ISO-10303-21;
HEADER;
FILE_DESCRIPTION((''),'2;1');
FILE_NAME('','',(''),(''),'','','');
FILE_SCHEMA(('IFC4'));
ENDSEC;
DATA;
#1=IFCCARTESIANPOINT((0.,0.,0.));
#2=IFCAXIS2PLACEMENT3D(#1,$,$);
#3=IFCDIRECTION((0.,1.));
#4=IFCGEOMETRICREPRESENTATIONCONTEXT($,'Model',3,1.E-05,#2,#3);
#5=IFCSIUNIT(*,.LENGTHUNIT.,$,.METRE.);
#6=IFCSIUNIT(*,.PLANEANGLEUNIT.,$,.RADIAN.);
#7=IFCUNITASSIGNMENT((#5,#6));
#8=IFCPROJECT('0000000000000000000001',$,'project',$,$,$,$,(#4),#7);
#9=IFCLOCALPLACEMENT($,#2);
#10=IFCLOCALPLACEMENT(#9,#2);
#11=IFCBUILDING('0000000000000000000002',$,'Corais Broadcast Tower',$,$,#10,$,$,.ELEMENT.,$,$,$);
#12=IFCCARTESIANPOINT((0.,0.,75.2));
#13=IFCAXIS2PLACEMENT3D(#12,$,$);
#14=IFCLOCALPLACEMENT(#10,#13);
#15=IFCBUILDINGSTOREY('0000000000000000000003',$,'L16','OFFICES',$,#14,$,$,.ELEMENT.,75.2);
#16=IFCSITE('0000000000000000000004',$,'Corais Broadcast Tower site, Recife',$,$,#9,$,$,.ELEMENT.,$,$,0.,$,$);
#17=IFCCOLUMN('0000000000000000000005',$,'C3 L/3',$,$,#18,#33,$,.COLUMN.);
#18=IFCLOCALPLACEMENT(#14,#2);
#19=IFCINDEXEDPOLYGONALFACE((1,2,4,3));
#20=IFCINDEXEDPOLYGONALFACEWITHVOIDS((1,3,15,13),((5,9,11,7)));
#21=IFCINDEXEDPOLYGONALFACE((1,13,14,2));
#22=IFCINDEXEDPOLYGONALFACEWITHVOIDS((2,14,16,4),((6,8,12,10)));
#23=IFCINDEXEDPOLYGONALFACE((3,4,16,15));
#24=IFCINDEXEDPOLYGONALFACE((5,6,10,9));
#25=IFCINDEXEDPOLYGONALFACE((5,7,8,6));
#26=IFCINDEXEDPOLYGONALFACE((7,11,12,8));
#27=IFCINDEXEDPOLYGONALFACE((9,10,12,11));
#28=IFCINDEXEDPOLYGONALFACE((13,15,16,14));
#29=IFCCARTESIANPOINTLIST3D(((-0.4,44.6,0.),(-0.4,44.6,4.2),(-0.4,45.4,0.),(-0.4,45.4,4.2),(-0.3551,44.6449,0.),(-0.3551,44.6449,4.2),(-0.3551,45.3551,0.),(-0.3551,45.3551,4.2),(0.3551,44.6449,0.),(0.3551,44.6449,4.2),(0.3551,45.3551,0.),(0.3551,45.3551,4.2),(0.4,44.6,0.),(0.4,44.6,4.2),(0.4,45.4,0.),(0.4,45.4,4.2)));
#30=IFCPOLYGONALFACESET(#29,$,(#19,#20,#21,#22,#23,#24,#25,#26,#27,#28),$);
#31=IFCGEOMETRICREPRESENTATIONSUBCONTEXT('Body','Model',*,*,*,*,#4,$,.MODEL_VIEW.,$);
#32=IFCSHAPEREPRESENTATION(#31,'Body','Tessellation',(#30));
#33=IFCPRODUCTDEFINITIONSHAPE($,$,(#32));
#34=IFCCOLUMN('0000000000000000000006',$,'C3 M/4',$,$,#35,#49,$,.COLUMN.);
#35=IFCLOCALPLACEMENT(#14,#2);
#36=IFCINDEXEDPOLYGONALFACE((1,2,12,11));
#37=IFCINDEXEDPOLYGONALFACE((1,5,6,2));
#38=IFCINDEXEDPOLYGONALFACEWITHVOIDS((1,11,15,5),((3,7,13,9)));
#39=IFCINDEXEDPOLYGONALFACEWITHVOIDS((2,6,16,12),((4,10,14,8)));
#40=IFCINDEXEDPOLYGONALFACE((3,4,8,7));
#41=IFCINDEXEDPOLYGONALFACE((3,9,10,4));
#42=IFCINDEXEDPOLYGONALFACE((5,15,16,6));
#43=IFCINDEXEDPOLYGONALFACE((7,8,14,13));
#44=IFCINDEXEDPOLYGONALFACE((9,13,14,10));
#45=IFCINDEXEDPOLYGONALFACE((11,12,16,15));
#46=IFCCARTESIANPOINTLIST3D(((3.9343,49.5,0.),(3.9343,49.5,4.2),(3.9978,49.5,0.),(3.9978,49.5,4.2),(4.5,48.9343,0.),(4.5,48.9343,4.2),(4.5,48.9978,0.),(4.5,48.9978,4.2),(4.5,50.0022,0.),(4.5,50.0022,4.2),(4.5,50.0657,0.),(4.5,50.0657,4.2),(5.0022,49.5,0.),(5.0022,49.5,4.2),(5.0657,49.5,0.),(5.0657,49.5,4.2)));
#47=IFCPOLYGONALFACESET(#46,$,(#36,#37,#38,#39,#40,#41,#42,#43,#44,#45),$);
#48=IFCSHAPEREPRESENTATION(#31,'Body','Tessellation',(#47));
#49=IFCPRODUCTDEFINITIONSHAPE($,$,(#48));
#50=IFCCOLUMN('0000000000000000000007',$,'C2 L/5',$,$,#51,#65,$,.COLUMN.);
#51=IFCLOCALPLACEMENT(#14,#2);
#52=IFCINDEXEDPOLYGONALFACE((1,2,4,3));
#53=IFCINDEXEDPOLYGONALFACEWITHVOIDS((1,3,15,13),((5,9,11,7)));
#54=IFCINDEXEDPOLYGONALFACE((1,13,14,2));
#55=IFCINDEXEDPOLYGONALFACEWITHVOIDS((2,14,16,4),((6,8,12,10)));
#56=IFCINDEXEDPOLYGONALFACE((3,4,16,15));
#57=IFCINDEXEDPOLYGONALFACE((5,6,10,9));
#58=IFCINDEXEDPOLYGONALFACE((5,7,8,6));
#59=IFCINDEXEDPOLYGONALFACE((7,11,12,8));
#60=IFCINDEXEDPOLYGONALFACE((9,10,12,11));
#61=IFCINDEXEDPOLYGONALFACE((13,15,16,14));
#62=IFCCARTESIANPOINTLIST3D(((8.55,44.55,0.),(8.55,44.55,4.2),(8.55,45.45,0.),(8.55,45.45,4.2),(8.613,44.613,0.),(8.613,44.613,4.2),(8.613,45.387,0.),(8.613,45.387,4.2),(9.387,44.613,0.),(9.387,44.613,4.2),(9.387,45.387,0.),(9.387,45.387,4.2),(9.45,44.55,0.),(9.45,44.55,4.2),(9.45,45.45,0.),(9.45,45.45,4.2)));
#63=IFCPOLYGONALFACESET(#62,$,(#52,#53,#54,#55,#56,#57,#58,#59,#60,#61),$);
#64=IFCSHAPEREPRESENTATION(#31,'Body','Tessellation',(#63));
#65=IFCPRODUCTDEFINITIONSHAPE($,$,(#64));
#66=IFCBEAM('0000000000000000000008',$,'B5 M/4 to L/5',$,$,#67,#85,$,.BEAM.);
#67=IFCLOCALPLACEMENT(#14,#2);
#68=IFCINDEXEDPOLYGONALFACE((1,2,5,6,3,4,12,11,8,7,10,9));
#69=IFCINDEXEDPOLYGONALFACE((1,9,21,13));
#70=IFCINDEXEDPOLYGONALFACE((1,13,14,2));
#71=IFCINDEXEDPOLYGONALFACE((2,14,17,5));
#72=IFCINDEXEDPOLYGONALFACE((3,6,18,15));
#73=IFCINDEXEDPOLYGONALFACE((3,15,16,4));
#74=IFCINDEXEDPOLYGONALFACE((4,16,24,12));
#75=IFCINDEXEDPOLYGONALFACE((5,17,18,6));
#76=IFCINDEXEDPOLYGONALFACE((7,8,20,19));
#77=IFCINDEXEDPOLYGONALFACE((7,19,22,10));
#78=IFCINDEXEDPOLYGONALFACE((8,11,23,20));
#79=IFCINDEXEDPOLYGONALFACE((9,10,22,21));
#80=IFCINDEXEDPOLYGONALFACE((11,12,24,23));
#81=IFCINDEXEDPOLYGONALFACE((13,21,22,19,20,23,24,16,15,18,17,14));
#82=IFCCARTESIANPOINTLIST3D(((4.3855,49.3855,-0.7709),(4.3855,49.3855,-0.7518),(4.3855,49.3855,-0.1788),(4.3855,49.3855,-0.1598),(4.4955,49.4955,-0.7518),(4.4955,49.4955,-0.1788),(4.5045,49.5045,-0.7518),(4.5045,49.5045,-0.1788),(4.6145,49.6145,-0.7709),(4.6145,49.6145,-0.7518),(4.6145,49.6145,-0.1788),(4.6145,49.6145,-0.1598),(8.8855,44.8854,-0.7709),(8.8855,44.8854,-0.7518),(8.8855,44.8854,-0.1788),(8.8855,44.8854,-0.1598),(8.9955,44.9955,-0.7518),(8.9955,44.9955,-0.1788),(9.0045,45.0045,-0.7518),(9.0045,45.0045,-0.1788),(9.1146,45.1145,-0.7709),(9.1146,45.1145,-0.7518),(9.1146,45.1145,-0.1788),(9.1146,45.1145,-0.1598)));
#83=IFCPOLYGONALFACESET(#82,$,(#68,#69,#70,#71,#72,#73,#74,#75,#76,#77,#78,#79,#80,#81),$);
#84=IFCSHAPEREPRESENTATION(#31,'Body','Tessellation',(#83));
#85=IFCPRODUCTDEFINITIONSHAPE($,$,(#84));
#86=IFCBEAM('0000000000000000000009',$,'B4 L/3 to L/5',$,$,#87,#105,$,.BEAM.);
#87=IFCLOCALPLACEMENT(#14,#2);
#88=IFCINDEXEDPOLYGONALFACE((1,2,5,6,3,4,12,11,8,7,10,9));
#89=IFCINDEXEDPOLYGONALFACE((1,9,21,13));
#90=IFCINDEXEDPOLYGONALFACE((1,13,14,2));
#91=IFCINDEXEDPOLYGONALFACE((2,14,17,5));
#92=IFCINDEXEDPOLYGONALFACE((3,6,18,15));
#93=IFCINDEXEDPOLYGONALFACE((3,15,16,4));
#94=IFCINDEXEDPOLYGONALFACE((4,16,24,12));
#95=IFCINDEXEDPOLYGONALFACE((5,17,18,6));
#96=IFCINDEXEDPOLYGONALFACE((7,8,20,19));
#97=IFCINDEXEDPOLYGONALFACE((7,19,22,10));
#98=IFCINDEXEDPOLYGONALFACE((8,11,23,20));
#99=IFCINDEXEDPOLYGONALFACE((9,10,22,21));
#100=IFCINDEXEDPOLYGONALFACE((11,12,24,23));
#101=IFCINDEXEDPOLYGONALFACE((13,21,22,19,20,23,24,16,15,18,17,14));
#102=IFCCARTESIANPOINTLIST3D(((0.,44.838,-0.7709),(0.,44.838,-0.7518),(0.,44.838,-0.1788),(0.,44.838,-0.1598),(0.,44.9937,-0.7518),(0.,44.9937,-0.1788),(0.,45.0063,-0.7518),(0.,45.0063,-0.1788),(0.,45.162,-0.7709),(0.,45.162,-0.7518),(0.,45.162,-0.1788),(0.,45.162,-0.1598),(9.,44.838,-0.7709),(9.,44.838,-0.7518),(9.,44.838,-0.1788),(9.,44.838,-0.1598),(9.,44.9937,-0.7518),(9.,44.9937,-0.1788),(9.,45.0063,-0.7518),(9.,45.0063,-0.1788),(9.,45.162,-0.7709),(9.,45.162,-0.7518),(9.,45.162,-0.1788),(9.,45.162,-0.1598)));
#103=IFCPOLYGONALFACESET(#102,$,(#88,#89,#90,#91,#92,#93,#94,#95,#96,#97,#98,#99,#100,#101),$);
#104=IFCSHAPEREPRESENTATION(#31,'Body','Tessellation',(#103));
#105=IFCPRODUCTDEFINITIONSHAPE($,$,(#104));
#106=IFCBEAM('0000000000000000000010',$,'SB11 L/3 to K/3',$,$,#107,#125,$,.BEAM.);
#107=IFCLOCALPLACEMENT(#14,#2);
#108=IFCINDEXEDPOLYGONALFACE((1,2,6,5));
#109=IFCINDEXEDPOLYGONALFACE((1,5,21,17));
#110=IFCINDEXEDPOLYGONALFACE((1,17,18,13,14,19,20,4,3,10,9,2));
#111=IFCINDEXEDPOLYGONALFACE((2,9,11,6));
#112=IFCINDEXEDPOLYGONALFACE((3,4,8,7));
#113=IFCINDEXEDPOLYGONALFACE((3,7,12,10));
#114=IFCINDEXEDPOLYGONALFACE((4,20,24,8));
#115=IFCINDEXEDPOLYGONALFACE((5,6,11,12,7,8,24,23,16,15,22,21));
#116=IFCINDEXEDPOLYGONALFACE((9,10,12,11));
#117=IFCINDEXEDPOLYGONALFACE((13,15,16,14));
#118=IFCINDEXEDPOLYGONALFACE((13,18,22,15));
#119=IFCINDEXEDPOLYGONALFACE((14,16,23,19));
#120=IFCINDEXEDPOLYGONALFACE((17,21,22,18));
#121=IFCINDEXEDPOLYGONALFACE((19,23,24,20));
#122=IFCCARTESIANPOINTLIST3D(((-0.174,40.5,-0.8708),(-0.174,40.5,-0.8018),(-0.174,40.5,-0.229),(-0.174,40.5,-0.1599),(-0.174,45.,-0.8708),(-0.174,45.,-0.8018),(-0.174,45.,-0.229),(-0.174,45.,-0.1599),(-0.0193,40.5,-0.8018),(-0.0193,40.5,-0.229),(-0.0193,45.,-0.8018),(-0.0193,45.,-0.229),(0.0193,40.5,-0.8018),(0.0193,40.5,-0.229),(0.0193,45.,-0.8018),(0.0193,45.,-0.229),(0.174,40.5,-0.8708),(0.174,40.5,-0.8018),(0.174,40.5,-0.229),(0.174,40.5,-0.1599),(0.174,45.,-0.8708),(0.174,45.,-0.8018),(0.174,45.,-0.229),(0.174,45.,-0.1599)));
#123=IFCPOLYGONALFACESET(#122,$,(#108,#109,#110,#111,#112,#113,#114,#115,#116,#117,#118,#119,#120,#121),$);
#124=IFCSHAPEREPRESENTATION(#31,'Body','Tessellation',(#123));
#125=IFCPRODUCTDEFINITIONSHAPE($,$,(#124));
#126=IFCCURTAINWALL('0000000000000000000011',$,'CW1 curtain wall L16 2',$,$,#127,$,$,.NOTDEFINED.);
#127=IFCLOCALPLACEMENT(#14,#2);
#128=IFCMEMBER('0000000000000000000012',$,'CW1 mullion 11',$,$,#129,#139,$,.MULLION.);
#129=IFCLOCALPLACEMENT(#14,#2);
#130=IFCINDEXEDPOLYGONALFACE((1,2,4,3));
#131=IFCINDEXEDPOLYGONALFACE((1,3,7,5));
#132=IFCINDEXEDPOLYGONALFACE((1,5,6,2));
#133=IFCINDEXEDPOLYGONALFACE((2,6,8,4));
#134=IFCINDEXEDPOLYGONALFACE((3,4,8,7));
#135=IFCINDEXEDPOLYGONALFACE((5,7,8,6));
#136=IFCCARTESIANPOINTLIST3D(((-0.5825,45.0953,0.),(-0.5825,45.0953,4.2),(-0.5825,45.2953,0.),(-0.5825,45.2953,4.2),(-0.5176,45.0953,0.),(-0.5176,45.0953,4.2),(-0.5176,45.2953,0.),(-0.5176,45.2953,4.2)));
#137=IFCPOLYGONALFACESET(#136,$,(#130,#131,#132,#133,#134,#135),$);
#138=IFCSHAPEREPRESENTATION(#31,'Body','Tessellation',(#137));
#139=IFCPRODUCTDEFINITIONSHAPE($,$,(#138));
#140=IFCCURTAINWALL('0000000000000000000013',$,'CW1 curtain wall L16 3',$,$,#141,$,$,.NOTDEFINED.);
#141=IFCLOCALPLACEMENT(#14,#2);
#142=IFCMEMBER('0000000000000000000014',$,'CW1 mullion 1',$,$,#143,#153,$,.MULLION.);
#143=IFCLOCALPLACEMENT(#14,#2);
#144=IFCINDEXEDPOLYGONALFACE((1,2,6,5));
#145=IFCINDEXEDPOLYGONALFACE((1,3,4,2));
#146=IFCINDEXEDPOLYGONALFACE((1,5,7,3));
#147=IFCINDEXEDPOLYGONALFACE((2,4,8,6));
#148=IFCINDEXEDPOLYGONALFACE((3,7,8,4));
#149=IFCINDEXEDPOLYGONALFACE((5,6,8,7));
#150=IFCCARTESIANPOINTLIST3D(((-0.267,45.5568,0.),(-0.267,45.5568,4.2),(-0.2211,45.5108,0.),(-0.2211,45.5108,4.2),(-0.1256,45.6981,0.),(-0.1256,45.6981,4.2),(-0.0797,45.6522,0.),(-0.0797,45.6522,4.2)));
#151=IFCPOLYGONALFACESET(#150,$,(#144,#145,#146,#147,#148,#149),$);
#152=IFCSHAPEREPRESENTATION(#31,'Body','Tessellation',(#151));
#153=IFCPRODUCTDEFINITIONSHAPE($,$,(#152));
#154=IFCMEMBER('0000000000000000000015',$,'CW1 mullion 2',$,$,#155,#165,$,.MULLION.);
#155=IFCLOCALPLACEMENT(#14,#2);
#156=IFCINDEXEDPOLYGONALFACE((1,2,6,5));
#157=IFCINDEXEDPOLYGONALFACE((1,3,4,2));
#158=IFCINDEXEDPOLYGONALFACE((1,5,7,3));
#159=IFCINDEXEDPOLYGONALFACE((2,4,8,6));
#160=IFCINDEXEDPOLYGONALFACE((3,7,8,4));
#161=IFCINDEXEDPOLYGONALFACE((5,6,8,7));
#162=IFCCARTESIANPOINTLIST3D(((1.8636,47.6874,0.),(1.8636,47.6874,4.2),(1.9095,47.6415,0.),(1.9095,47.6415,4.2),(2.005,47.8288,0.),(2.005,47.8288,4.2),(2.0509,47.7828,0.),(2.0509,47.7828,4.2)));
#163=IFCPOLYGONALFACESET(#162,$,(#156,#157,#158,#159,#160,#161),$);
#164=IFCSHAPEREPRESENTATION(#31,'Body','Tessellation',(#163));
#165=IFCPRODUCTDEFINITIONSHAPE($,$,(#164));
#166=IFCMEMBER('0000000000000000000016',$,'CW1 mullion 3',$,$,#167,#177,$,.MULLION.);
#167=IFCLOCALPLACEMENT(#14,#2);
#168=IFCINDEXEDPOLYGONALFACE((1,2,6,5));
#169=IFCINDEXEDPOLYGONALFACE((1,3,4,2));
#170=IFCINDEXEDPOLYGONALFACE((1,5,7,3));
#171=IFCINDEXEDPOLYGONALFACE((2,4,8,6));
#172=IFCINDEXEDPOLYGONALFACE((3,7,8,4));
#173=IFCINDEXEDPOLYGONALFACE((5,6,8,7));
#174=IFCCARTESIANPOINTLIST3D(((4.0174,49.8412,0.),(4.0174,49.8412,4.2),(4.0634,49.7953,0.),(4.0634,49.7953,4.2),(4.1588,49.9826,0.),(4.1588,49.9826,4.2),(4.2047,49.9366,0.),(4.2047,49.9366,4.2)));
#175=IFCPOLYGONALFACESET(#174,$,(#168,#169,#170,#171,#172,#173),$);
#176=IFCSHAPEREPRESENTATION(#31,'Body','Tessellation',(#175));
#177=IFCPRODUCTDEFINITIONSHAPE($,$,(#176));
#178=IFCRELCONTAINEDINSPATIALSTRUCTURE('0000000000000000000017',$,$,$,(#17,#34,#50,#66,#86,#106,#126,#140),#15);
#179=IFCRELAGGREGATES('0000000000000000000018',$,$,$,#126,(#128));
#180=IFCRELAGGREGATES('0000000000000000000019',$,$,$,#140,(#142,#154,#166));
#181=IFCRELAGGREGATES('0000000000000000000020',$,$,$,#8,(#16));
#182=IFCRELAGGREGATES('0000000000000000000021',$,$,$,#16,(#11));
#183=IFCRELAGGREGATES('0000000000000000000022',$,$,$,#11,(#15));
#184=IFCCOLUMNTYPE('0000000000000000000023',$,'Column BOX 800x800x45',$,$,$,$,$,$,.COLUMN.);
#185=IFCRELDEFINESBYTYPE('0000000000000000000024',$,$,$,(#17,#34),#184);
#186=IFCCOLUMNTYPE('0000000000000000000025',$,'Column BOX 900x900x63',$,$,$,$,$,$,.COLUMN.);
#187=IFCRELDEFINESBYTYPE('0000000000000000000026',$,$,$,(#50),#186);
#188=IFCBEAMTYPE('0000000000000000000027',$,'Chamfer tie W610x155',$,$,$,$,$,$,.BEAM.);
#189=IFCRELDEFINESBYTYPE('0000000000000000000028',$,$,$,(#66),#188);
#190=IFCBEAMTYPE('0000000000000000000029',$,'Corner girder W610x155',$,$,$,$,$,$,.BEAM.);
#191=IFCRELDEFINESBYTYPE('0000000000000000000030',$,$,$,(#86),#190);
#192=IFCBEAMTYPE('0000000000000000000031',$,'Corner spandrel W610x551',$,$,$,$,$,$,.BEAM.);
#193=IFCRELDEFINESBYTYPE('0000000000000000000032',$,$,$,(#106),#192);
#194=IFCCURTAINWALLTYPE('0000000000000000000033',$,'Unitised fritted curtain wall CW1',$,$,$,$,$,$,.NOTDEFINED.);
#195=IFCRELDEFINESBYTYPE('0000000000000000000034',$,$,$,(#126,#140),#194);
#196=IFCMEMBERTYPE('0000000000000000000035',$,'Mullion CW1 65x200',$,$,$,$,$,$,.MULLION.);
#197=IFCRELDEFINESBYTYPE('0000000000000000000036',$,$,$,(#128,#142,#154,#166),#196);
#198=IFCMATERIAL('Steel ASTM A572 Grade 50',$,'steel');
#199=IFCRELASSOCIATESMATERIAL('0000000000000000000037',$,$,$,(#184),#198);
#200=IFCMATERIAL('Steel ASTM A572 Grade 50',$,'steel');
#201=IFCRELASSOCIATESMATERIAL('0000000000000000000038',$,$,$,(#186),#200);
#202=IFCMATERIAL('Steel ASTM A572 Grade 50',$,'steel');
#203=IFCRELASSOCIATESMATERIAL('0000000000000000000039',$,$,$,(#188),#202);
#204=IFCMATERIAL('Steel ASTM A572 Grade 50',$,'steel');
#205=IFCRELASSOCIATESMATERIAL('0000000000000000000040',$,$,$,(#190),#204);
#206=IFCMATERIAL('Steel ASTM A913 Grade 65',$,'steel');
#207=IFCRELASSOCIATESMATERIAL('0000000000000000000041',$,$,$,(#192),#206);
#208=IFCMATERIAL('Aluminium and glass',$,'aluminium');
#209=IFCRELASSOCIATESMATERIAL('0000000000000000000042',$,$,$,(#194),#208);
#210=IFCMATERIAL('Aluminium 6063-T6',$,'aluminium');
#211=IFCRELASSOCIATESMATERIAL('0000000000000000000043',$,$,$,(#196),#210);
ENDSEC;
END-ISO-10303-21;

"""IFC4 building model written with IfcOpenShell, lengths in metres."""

from ifc_helpers import new_model, si_unit, direction, frame, origin, origin_2d, place, context, subcontext, project, spatial, rectangle, hollow_rectangle, i_section, extrude, material, material_profile, profile_set, type_object, element, aggregate, save


model = new_model("IFC4")

# Units and contexts
model_context = context("Model", 3, precision=1e-05, world=origin(), true_north=direction((0.0, 1.0)))
body_context = subcontext(model_context, "Body", "Model", "MODEL_VIEW")
ifc_project = project(units=[si_unit("LENGTHUNIT", "METRE"), si_unit("PLANEANGLEUNIT", "RADIAN")], contexts=[model_context])

# Site, building, storey
site_placement = place(None, origin())
site = spatial("IfcSite", under=ifc_project, at=site_placement, Name="Corais Broadcast Tower site, Recife", CompositionType="ELEMENT", RefElevation=0.0)
building_placement = place(site_placement, origin())
building = spatial("IfcBuilding", under=site, at=building_placement, Name="Corais Broadcast Tower", CompositionType="ELEMENT")
storey_placement = place(building_placement, frame((0.0, 0.0, 75.2)))
storey = spatial("IfcBuildingStorey", under=building, at=storey_placement, Name="L16", Description="OFFICES", CompositionType="ELEMENT", Elevation=75.2)

# Columns
ifc_material_1 = material(Name="Steel ASTM A572 Grade 50", Category="steel")
ifc_material_profile_1 = material_profile(ifc_material_1, hollow_rectangle(XDim=0.8, YDim=0.8, WallThickness=0.0449, at=origin_2d()), Name="BOX 800x800x45")
ifc_profile_set_1 = profile_set([ifc_material_profile_1], Name="Steel ASTM A572 Grade 50")
column_type_1 = type_object("IfcColumnType", Name="Column BOX 800x800x45", PredefinedType="COLUMN", material=ifc_profile_set_1)
for number, where, z_axis, x_axis, name in (
    (1, (0.0, 45.0, 0.0), (0.0, 0.0, 1.0), (1.0, 0.0, 0.0), "C3 L/3"),
    (2, (4.5, 49.5, 0.0), (0.0, 0.0, 1.0), (0.707107, 0.707107, 0.0), "C3 M/4"),
):
    element("IfcColumn", number, at=place(storey_placement, frame(where, z_axis=z_axis, x_axis=x_axis)), inside=storey, type_object=column_type_1, Name=name, PredefinedType="COLUMN", context=body_context, shape_type="SweptSolid", body=[
        extrude(hollow_rectangle(XDim=0.8, YDim=0.8, WallThickness=0.0449, at=origin_2d()), origin(), (0.0, 0.0, 1.0), 4.2),
    ])
ifc_material_2 = material(Name="Steel ASTM A572 Grade 50", Category="steel")
ifc_material_profile_2 = material_profile(ifc_material_2, hollow_rectangle(XDim=0.8999, YDim=0.8999, WallThickness=0.063, at=origin_2d()), Name="BOX 900x900x63")
ifc_profile_set_2 = profile_set([ifc_material_profile_2], Name="Steel ASTM A572 Grade 50")
column_type_2 = type_object("IfcColumnType", Name="Column BOX 900x900x63", PredefinedType="COLUMN", material=ifc_profile_set_2)
column_placement = place(storey_placement, frame((9.0, 45.0, 0.0), z_axis=(0.0, 0.0, 1.0), x_axis=(1.0, 0.0, 0.0)))
element("IfcColumn", 3, at=column_placement, inside=storey, type_object=column_type_2, Name="C2 L/5", PredefinedType="COLUMN", context=body_context, shape_type="SweptSolid", body=[
    extrude(hollow_rectangle(XDim=0.8999, YDim=0.8999, WallThickness=0.063, at=origin_2d()), origin(), (0.0, 0.0, 1.0), 4.2),
])

# Beams
ifc_material_3 = material(Name="Steel ASTM A572 Grade 50", Category="steel")
ifc_material_profile_3 = material_profile(ifc_material_3, i_section(OverallWidth=0.324, OverallDepth=0.6111, WebThickness=0.0127, FlangeThickness=0.019, at=origin_2d()), Name="W610x155")
ifc_profile_set_3 = profile_set([ifc_material_profile_3], Name="Steel ASTM A572 Grade 50")
beam_type_1 = type_object("IfcBeamType", Name="Chamfer tie W610x155", PredefinedType="BEAM", material=ifc_profile_set_3)
beam_1_placement = place(storey_placement, frame((4.5, 49.5, -0.4653), z_axis=(0.707107, -0.707107, 0.0), x_axis=(0.707107, 0.707107, 0.0)))
element("IfcBeam", 4, at=beam_1_placement, inside=storey, type_object=beam_type_1, Name="B5 M/4 to L/5", PredefinedType="BEAM", context=body_context, shape_type="SweptSolid", body=[
    extrude(i_section(OverallWidth=0.324, OverallDepth=0.6111, WebThickness=0.0127, FlangeThickness=0.019, at=origin_2d()), origin(), (0.0, 0.0, 1.0), 6.364),
])
ifc_material_4 = material(Name="Steel ASTM A572 Grade 50", Category="steel")
ifc_material_profile_4 = material_profile(ifc_material_4, i_section(OverallWidth=0.324, OverallDepth=0.6111, WebThickness=0.0127, FlangeThickness=0.019, at=origin_2d()), Name="W610x155")
ifc_profile_set_4 = profile_set([ifc_material_profile_4], Name="Steel ASTM A572 Grade 50")
beam_type_2 = type_object("IfcBeamType", Name="Corner girder W610x155", PredefinedType="BEAM", material=ifc_profile_set_4)
beam_2_placement = place(storey_placement, frame((0.0, 45.0, -0.4653), z_axis=(1.0, 0.0, 0.0), x_axis=(0.0, 1.0, 0.0)))
element("IfcBeam", 5, at=beam_2_placement, inside=storey, type_object=beam_type_2, Name="B4 L/3 to L/5", PredefinedType="BEAM", context=body_context, shape_type="SweptSolid", body=[
    extrude(i_section(OverallWidth=0.324, OverallDepth=0.6111, WebThickness=0.0127, FlangeThickness=0.019, at=origin_2d()), origin(), (0.0, 0.0, 1.0), 9.0),
])
ifc_material_5 = material(Name="Steel ASTM A913 Grade 65", Category="steel")
ifc_material_profile_5 = material_profile(ifc_material_5, i_section(OverallWidth=0.3479, OverallDepth=0.7109, WebThickness=0.0386, FlangeThickness=0.0691, at=origin_2d()), Name="W610x551")
ifc_profile_set_5 = profile_set([ifc_material_profile_5], Name="Steel ASTM A913 Grade 65")
beam_type_3 = type_object("IfcBeamType", Name="Corner spandrel W610x551", PredefinedType="BEAM", material=ifc_profile_set_5)
beam_3_placement = place(storey_placement, frame((0.0, 45.0, -0.5154), z_axis=(0.0, -1.0, 0.0), x_axis=(1.0, 0.0, 0.0)))
element("IfcBeam", 6, at=beam_3_placement, inside=storey, type_object=beam_type_3, Name="SB11 L/3 to K/3", PredefinedType="BEAM", context=body_context, shape_type="SweptSolid", body=[
    extrude(i_section(OverallWidth=0.3479, OverallDepth=0.7109, WebThickness=0.0386, FlangeThickness=0.0691, at=origin_2d()), origin(), (0.0, 0.0, 1.0), 4.5),
])

# Curtain wall, member
ifc_material_6 = material(Name="Aluminium and glass", Category="aluminium")
curtain_wall_type = type_object("IfcCurtainWallType", Name="Unitised fritted curtain wall CW1", PredefinedType="NOTDEFINED", material=ifc_material_6)
curtain_wall_1_placement = place(storey_placement, origin())
curtain_wall_1 = element("IfcCurtainWall", 7, at=curtain_wall_1_placement, inside=storey, type_object=curtain_wall_type, Name="CW1 curtain wall L16 2", PredefinedType="NOTDEFINED")
ifc_material_7 = material(Name="Aluminium 6063-T6", Category="aluminium")
ifc_material_profile_6 = material_profile(ifc_material_7, rectangle(XDim=0.0649, YDim=0.2, at=origin_2d()), Name="Mullion CW1 65x200")
ifc_profile_set_6 = profile_set([ifc_material_profile_6], Name="Aluminium 6063-T6")
member_type_1 = type_object("IfcMemberType", Name="Mullion CW1 65x200", PredefinedType="MULLION", material=ifc_profile_set_6)
member_1_placement = place(storey_placement, frame((-0.55, 45.1953, 0.0), z_axis=(0.0, 0.0, 1.0), x_axis=(-1.0, 0.0, 0.0)))
member_1 = element("IfcMember", 8, at=member_1_placement, type_object=member_type_1, Name="CW1 mullion 11", PredefinedType="MULLION", context=body_context, shape_type="SweptSolid", body=[
    extrude(rectangle(XDim=0.0649, YDim=0.2, at=origin_2d()), origin(), (0.0, 0.0, 1.0), 4.2),
])

# Curtain wall, members
curtain_wall_2_placement = place(storey_placement, origin())
curtain_wall_2 = element("IfcCurtainWall", 9, at=curtain_wall_2_placement, inside=storey, type_object=curtain_wall_type, Name="CW1 curtain wall L16 3", PredefinedType="NOTDEFINED")
member_2_placement = place(storey_placement, frame((-0.1733, 45.6045, 0.0), z_axis=(0.0, 0.0, 1.0), x_axis=(-0.707107, 0.707107, 0.0)))
member_2 = element("IfcMember", 10, at=member_2_placement, type_object=member_type_1, Name="CW1 mullion 1", PredefinedType="MULLION", context=body_context, shape_type="SweptSolid", body=[
    extrude(rectangle(XDim=0.0649, YDim=0.2, at=origin_2d()), origin(), (0.0, 0.0, 1.0), 4.2),
])
member_3_placement = place(storey_placement, frame((1.9573, 47.7351, 0.0), z_axis=(0.0, 0.0, 1.0), x_axis=(-0.707107, 0.707107, 0.0)))
member_3 = element("IfcMember", 11, at=member_3_placement, type_object=member_type_1, Name="CW1 mullion 2", PredefinedType="MULLION", context=body_context, shape_type="SweptSolid", body=[
    extrude(rectangle(XDim=0.0649, YDim=0.2, at=origin_2d()), origin(), (0.0, 0.0, 1.0), 4.2),
])
member_4_placement = place(storey_placement, frame((4.1111, 49.8889, 0.0), z_axis=(0.0, 0.0, 1.0), x_axis=(-0.707107, 0.707107, 0.0)))
member_4 = element("IfcMember", 12, at=member_4_placement, type_object=member_type_1, Name="CW1 mullion 3", PredefinedType="MULLION", context=body_context, shape_type="SweptSolid", body=[
    extrude(rectangle(XDim=0.0649, YDim=0.2, at=origin_2d()), origin(), (0.0, 0.0, 1.0), 4.2),
])

aggregate(curtain_wall_1, [member_1])
aggregate(curtain_wall_2, [member_2, member_3, member_4])

save(model, "model.ifc")
